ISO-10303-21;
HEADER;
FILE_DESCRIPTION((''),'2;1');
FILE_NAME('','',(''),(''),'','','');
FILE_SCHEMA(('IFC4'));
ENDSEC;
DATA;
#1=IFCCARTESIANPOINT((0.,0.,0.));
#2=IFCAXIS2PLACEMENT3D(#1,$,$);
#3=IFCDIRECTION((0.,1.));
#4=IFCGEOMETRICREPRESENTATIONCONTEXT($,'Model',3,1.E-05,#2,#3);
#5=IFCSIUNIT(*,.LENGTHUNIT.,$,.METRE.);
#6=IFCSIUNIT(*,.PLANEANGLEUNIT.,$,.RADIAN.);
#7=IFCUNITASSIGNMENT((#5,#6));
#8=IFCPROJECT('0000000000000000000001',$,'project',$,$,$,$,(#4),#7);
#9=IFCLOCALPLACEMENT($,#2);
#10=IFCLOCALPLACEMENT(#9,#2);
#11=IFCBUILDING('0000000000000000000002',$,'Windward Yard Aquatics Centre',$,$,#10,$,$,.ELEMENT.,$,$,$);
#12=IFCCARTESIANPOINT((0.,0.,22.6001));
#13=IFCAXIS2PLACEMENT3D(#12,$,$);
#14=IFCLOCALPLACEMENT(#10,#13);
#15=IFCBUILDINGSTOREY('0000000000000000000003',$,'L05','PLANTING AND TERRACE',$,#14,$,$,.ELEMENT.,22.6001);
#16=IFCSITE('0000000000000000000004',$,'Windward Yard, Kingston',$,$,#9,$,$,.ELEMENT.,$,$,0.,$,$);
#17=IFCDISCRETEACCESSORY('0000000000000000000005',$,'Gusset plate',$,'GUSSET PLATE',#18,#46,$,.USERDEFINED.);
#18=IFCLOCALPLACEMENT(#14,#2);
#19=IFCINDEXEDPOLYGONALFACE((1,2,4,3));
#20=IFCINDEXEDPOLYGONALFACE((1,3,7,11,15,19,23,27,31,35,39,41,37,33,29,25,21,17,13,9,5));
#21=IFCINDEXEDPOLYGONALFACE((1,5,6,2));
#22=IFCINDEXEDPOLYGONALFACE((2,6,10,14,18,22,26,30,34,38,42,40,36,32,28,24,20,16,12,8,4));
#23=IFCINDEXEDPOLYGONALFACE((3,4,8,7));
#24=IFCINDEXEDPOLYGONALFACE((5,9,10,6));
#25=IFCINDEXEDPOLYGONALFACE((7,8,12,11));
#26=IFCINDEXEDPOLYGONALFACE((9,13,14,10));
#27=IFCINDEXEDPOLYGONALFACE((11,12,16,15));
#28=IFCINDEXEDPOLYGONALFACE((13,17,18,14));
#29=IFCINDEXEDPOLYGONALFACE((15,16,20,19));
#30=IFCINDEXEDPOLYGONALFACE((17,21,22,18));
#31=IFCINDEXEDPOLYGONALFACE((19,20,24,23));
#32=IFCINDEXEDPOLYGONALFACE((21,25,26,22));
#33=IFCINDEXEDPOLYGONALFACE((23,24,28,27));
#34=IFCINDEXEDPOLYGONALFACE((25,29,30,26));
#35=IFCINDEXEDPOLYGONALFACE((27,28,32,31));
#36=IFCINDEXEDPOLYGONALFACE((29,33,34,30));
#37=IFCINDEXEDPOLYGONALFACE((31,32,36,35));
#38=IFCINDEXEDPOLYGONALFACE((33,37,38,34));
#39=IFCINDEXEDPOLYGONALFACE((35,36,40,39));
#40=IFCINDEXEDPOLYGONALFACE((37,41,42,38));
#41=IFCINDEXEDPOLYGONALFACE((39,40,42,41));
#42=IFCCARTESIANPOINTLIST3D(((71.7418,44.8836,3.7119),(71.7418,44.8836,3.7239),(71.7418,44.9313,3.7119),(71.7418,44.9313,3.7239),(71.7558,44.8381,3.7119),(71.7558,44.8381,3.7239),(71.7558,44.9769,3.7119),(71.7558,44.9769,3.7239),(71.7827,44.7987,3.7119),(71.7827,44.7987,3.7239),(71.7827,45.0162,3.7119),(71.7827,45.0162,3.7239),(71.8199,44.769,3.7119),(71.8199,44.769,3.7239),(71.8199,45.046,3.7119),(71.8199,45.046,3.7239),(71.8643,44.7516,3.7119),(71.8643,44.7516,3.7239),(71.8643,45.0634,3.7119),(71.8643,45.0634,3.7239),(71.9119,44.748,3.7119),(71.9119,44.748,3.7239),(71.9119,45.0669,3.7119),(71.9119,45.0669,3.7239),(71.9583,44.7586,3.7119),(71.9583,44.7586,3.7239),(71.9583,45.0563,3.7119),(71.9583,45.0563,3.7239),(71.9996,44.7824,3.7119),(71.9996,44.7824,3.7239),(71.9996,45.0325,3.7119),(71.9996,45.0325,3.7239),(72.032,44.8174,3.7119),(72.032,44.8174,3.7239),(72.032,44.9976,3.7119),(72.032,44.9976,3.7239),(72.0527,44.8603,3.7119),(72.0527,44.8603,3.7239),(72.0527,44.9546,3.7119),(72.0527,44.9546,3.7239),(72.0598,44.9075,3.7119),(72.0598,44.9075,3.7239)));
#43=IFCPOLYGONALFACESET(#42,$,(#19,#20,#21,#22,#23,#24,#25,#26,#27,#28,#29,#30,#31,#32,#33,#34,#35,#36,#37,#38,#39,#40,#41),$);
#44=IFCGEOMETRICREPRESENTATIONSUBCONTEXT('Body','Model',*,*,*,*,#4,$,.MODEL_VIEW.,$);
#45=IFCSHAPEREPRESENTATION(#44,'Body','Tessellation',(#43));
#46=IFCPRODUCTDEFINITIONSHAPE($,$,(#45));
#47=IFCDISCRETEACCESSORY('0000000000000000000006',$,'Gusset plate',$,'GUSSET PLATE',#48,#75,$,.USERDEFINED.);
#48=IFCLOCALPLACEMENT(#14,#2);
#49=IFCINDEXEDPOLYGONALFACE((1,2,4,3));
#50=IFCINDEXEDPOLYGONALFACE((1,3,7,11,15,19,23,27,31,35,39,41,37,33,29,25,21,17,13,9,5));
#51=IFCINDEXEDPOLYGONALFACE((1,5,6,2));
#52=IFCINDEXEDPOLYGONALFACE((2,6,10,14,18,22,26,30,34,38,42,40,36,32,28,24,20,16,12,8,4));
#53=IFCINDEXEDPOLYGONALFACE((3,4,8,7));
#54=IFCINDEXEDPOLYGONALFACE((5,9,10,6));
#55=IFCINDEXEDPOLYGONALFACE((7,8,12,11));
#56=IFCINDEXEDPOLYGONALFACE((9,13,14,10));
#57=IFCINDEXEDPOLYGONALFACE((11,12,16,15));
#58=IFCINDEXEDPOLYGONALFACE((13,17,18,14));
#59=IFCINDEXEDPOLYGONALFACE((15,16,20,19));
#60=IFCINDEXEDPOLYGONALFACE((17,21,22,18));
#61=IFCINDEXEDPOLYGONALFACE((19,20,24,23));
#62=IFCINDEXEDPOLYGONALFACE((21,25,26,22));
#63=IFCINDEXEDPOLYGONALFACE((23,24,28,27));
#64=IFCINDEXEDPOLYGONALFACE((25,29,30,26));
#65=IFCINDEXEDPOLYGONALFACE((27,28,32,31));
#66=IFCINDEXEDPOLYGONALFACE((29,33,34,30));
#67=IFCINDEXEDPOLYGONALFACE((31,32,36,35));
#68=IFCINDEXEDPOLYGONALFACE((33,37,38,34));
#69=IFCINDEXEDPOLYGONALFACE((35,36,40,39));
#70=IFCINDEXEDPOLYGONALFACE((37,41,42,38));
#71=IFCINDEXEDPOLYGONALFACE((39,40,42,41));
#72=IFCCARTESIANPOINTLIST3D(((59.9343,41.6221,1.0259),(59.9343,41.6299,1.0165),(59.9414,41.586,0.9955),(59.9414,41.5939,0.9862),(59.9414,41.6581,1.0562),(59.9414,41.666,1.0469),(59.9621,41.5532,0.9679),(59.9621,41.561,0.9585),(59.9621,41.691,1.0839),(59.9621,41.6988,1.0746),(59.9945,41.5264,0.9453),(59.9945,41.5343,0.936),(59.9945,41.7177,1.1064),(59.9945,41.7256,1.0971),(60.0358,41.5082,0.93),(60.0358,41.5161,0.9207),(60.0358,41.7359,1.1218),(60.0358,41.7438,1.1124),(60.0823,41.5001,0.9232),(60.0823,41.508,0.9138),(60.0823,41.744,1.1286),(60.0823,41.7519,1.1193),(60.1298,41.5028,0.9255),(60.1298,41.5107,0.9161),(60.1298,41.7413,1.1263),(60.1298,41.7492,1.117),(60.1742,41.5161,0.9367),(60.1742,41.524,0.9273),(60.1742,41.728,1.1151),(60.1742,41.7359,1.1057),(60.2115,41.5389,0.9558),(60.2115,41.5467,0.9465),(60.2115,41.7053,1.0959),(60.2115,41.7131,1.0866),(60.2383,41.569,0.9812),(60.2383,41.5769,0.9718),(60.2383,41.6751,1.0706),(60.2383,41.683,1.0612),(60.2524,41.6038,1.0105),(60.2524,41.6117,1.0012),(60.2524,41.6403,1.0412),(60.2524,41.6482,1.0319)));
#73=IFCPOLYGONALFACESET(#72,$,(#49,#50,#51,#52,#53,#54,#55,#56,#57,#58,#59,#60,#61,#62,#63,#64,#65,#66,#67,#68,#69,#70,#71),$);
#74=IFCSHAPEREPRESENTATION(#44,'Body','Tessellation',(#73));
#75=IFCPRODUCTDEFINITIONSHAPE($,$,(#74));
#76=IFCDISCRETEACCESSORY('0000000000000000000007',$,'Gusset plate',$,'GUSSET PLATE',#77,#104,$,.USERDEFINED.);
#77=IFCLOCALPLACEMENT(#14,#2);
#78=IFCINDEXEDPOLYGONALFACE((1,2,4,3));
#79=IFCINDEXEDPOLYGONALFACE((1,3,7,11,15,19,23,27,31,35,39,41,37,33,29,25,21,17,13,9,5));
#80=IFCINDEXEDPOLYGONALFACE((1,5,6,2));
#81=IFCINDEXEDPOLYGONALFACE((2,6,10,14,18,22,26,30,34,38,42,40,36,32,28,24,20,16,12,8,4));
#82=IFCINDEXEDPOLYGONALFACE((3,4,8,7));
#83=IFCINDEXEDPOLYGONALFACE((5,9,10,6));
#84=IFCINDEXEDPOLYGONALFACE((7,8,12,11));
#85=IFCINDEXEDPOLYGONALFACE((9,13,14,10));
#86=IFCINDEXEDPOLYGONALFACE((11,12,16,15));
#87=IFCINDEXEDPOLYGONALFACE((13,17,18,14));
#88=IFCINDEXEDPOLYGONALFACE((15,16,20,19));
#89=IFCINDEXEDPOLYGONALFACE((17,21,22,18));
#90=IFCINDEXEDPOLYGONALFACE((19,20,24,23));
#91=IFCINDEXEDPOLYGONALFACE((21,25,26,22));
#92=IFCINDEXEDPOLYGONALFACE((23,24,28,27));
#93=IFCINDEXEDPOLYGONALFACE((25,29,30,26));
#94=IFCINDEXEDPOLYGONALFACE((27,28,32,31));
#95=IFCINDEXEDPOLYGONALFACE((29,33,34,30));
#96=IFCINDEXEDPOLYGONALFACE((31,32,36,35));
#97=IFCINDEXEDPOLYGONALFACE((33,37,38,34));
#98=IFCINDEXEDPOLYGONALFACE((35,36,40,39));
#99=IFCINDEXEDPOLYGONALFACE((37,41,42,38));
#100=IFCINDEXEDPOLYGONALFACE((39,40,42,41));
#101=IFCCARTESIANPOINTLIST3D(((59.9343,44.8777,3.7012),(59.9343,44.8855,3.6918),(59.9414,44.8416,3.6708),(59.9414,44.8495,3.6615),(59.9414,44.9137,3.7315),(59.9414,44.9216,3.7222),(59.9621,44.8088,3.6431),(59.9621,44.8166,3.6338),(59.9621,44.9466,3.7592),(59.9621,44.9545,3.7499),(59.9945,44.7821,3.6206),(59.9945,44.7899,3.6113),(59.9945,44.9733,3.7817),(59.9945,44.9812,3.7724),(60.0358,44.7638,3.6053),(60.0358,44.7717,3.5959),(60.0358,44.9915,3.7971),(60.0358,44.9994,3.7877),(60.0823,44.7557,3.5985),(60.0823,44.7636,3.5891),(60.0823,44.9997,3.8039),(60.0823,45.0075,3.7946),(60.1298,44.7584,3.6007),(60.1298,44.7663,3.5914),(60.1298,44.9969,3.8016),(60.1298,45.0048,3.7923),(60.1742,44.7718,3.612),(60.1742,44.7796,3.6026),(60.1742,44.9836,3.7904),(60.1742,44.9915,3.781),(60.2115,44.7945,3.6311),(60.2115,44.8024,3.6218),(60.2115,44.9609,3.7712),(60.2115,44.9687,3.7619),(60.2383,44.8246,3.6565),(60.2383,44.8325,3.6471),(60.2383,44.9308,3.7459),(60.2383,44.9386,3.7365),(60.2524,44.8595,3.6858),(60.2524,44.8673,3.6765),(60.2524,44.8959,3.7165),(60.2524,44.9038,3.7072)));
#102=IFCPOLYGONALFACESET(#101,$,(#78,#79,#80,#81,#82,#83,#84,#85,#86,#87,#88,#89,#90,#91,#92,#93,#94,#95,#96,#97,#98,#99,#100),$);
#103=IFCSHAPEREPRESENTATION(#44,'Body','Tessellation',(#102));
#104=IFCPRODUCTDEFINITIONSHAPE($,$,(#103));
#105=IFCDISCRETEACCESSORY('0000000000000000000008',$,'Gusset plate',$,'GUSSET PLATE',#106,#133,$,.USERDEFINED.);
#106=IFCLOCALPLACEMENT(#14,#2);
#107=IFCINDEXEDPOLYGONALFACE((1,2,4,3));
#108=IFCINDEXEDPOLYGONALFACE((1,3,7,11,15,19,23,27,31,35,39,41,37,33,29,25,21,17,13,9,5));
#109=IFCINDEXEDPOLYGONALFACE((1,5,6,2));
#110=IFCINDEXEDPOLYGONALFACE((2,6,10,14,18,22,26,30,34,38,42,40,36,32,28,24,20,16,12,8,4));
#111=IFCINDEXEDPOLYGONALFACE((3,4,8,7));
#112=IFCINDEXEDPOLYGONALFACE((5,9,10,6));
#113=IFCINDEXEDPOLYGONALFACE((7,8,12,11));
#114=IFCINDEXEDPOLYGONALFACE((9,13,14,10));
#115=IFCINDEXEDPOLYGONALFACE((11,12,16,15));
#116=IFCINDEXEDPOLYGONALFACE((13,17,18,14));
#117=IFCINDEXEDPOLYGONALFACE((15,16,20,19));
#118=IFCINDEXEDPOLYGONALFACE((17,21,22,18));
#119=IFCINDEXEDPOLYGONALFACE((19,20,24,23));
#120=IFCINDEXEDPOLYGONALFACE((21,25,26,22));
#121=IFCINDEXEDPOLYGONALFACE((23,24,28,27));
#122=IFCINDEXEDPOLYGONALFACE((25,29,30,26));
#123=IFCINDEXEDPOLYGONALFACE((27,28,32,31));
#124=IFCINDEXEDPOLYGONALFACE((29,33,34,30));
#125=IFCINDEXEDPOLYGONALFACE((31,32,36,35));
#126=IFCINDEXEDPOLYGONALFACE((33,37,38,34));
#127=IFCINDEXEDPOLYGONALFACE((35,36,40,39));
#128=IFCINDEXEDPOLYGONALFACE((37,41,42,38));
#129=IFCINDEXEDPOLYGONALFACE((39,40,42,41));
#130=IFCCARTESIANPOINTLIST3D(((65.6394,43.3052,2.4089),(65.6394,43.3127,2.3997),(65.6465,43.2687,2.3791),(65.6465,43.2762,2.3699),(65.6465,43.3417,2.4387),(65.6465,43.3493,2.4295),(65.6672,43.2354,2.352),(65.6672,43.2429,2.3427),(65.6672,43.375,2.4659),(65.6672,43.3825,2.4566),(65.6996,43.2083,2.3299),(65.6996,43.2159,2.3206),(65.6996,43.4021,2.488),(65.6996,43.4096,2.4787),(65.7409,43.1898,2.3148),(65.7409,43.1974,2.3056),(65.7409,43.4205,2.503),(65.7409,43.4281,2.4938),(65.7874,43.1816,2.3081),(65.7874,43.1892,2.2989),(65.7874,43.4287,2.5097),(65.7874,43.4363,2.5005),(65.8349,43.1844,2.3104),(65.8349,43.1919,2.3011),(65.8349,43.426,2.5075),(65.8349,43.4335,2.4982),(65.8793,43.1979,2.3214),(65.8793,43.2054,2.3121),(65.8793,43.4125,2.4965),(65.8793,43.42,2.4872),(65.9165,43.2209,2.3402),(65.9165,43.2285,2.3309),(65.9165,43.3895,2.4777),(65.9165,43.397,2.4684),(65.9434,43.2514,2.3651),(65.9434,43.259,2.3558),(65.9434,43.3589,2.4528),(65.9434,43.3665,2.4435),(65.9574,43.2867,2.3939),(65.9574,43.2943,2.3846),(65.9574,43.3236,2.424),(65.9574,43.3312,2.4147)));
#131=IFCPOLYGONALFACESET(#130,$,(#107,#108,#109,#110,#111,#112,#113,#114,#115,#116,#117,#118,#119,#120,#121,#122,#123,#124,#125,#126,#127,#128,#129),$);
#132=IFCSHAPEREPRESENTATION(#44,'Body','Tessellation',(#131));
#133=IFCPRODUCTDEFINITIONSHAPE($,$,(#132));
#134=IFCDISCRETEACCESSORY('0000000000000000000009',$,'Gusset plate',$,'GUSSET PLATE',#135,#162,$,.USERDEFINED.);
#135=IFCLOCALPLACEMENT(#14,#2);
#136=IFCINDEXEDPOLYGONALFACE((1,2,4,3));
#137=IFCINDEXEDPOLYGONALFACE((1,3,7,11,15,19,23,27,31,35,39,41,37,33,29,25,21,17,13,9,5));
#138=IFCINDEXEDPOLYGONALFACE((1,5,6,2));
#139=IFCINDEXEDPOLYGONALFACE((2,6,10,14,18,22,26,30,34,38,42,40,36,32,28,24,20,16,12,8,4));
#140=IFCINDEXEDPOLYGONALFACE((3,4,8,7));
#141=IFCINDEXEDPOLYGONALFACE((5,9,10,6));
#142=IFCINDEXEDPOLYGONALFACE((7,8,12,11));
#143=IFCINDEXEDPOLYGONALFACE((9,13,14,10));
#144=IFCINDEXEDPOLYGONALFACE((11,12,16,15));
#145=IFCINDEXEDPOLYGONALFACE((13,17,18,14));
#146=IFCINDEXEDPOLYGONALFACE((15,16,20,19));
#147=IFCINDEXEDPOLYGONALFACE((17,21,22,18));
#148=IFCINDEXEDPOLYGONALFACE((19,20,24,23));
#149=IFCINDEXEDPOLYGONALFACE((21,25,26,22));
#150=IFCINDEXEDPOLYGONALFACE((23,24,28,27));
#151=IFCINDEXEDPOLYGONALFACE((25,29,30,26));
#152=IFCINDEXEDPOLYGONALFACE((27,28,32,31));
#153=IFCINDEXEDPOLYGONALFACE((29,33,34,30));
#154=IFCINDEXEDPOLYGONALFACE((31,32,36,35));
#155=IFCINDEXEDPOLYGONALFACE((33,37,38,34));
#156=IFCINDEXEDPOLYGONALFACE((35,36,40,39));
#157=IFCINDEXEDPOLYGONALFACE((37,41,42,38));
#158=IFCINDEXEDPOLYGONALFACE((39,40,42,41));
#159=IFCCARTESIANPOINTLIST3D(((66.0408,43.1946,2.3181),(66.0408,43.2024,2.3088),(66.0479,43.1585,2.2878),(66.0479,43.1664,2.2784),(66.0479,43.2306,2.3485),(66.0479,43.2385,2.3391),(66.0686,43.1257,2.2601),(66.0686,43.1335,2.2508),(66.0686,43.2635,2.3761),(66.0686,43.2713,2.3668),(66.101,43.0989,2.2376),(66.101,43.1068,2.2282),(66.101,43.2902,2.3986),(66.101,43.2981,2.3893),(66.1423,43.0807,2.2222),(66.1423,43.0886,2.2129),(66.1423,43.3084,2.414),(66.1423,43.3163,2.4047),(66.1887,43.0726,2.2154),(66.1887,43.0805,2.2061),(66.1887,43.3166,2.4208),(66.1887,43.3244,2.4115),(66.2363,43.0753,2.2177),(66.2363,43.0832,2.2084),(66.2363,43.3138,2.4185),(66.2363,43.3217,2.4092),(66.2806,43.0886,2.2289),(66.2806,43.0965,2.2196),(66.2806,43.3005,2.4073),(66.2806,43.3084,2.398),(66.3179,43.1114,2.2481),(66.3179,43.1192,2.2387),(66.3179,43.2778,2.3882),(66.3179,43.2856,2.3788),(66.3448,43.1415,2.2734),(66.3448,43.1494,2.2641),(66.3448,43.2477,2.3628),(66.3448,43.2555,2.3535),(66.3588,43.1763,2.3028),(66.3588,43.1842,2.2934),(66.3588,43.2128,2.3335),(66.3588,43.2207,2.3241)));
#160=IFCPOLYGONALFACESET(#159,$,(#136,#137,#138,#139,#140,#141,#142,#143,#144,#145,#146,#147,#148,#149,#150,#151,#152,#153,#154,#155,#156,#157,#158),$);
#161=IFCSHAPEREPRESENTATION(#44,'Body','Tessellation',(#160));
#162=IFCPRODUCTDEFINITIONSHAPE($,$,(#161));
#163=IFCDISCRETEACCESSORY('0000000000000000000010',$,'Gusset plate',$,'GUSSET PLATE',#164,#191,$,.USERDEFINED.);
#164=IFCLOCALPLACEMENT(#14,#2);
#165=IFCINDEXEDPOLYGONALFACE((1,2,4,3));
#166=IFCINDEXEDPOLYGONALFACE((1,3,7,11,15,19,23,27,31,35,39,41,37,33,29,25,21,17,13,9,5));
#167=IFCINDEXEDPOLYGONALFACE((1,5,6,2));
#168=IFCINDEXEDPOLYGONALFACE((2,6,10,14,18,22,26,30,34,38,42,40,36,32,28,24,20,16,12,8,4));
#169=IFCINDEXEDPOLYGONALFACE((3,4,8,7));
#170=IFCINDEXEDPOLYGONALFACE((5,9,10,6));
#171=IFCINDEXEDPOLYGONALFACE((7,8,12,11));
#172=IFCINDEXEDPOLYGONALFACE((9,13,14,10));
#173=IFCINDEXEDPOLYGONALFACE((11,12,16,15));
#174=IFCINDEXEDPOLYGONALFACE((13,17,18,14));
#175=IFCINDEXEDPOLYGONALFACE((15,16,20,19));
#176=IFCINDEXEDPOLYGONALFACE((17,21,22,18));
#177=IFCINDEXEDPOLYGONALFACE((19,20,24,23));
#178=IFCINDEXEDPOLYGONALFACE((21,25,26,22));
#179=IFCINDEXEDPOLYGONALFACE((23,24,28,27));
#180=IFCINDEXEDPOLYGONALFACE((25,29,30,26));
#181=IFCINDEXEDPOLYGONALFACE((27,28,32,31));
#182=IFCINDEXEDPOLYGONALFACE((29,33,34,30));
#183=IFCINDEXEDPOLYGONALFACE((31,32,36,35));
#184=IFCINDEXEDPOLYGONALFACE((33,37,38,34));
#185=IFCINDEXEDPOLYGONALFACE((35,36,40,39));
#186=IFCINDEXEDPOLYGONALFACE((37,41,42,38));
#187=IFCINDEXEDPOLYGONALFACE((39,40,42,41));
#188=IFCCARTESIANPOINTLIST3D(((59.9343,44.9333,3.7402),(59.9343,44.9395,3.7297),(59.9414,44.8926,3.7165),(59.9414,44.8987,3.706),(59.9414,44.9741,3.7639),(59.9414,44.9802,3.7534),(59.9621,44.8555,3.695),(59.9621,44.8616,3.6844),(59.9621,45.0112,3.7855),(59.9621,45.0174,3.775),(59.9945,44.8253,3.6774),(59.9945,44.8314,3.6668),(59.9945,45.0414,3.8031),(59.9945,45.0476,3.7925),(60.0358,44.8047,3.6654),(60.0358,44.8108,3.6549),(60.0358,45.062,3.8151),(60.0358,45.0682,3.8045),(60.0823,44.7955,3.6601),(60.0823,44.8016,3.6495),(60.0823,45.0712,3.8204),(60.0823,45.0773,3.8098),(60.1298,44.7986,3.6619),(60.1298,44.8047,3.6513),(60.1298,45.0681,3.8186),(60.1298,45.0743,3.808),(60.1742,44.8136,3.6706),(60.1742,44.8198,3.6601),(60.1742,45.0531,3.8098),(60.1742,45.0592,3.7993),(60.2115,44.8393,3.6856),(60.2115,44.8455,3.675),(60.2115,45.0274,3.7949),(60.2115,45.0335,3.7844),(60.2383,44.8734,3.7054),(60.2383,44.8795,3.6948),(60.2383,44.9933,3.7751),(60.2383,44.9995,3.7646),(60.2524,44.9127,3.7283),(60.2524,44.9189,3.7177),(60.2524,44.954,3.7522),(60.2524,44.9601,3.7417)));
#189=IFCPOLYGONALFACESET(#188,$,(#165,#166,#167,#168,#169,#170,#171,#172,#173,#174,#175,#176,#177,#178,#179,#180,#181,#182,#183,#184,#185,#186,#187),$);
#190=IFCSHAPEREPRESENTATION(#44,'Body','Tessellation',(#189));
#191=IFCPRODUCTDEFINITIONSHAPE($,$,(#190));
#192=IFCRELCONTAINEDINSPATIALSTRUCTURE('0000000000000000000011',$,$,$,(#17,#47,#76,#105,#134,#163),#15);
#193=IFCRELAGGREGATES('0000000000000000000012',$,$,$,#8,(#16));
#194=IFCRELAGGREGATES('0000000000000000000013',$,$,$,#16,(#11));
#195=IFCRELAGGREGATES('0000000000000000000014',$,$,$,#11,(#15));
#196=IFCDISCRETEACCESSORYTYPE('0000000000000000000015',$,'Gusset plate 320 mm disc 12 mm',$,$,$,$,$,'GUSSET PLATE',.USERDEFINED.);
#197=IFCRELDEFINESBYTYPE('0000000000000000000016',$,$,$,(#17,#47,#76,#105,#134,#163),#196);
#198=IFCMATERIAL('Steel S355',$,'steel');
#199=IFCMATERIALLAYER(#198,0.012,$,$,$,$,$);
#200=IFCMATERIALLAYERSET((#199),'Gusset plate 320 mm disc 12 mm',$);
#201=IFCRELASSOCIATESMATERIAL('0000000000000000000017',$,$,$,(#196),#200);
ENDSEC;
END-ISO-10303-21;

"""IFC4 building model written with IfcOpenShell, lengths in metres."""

from ifc_helpers import new_model, si_unit, direction, frame, origin, origin_2d, place, context, subcontext, project, spatial, circle, extrude, material, layer, layer_set, type_object, element, save


model = new_model("IFC4")

# Units and contexts
model_context = context("Model", 3, precision=1e-05, world=origin(), true_north=direction((0.0, 1.0)))
body_context = subcontext(model_context, "Body", "Model", "MODEL_VIEW")
ifc_project = project(units=[si_unit("LENGTHUNIT", "METRE"), si_unit("PLANEANGLEUNIT", "RADIAN")], contexts=[model_context])

# Site, building, storey
site_placement = place(None, origin())
site = spatial("IfcSite", under=ifc_project, at=site_placement, Name="Windward Yard, Kingston", CompositionType="ELEMENT", RefElevation=0.0)
building_placement = place(site_placement, origin())
building = spatial("IfcBuilding", under=site, at=building_placement, Name="Windward Yard Aquatics Centre", CompositionType="ELEMENT")
storey_placement = place(building_placement, frame((0.0, 0.0, 22.6001)))
storey = spatial("IfcBuildingStorey", under=building, at=storey_placement, Name="L05", Description="PLANTING AND TERRACE", CompositionType="ELEMENT", Elevation=22.6001)

# Discrete accessories
ifc_material_1 = material(Name="Steel S355", Category="steel")
ifc_layer_1 = layer(ifc_material_1, 0.012)
ifc_layer_set_1 = layer_set([ifc_layer_1], Name="Gusset plate 320 mm disc 12 mm")
discrete_accessory_type = type_object("IfcDiscreteAccessoryType", Name="Gusset plate 320 mm disc 12 mm", ElementType="GUSSET PLATE", PredefinedType="USERDEFINED", material=ifc_layer_set_1)
for number, where, z_axis, x_axis, name in (
    (1, (71.8999, 44.9075, 3.7119), (0.0, 0.0, 1.0), (1.0, 0.0, 0.0), "Gusset plate"),
):
    element("IfcDiscreteAccessory", number, at=place(storey_placement, frame(where, z_axis=z_axis, x_axis=x_axis)), inside=storey, type_object=discrete_accessory_type, Name=name, ObjectType="GUSSET PLATE", PredefinedType="USERDEFINED", context=body_context, shape_type="SweptSolid", body=[
        extrude(circle(Radius=0.1599, at=origin_2d()), origin(), (0.0, 0.0, 1.0), 0.012),
    ])
for number, where, z_axis, x_axis, name in (
    (2, (60.0942, 41.6221, 1.0259), (0.0, 0.644136, -0.764911), (-1.0, 0.0, 0.0), "Gusset plate"),
    (3, (60.0942, 44.8777, 3.7012), (0.0, 0.644136, -0.764911), (-1.0, 0.0, 0.0), "Gusset plate"),
):
    element("IfcDiscreteAccessory", number, at=place(storey_placement, frame(where, z_axis=z_axis, x_axis=x_axis)), inside=storey, type_object=discrete_accessory_type, Name=name, ObjectType="GUSSET PLATE", PredefinedType="USERDEFINED", context=body_context, shape_type="SweptSolid", body=[
        extrude(circle(Radius=0.1599, at=origin_2d()), origin(), (0.0, 0.0, 1.0), 0.0122),
    ])
discrete_accessory_1_placement = place(storey_placement, frame((65.7993, 43.3052, 2.4089), z_axis=(0.0, 0.632127, -0.774865), x_axis=(-1.0, 0.0, 0.0)))
element("IfcDiscreteAccessory", 4, at=discrete_accessory_1_placement, inside=storey, type_object=discrete_accessory_type, Name="Gusset plate", ObjectType="GUSSET PLATE", PredefinedType="USERDEFINED", context=body_context, shape_type="SweptSolid", body=[
    extrude(circle(Radius=0.1599, at=origin_2d()), origin(), (0.0, 0.0, 1.0), 0.012),
])
for number, where, z_axis, x_axis, name in (
    (5, (66.2007, 43.1946, 2.3181), (0.0, 0.644136, -0.764911), (-1.0, 0.0, 0.0), "Gusset plate"),
    (6, (60.0942, 44.9333, 3.7402), (0.0, 0.50262, -0.864507), (-1.0, 0.0, 0.0), "Gusset plate"),
):
    element("IfcDiscreteAccessory", number, at=place(storey_placement, frame(where, z_axis=z_axis, x_axis=x_axis)), inside=storey, type_object=discrete_accessory_type, Name=name, ObjectType="GUSSET PLATE", PredefinedType="USERDEFINED", context=body_context, shape_type="SweptSolid", body=[
        extrude(circle(Radius=0.1599, at=origin_2d()), origin(), (0.0, 0.0, 1.0), 0.0122),
    ])

save(model, "model.ifc")
